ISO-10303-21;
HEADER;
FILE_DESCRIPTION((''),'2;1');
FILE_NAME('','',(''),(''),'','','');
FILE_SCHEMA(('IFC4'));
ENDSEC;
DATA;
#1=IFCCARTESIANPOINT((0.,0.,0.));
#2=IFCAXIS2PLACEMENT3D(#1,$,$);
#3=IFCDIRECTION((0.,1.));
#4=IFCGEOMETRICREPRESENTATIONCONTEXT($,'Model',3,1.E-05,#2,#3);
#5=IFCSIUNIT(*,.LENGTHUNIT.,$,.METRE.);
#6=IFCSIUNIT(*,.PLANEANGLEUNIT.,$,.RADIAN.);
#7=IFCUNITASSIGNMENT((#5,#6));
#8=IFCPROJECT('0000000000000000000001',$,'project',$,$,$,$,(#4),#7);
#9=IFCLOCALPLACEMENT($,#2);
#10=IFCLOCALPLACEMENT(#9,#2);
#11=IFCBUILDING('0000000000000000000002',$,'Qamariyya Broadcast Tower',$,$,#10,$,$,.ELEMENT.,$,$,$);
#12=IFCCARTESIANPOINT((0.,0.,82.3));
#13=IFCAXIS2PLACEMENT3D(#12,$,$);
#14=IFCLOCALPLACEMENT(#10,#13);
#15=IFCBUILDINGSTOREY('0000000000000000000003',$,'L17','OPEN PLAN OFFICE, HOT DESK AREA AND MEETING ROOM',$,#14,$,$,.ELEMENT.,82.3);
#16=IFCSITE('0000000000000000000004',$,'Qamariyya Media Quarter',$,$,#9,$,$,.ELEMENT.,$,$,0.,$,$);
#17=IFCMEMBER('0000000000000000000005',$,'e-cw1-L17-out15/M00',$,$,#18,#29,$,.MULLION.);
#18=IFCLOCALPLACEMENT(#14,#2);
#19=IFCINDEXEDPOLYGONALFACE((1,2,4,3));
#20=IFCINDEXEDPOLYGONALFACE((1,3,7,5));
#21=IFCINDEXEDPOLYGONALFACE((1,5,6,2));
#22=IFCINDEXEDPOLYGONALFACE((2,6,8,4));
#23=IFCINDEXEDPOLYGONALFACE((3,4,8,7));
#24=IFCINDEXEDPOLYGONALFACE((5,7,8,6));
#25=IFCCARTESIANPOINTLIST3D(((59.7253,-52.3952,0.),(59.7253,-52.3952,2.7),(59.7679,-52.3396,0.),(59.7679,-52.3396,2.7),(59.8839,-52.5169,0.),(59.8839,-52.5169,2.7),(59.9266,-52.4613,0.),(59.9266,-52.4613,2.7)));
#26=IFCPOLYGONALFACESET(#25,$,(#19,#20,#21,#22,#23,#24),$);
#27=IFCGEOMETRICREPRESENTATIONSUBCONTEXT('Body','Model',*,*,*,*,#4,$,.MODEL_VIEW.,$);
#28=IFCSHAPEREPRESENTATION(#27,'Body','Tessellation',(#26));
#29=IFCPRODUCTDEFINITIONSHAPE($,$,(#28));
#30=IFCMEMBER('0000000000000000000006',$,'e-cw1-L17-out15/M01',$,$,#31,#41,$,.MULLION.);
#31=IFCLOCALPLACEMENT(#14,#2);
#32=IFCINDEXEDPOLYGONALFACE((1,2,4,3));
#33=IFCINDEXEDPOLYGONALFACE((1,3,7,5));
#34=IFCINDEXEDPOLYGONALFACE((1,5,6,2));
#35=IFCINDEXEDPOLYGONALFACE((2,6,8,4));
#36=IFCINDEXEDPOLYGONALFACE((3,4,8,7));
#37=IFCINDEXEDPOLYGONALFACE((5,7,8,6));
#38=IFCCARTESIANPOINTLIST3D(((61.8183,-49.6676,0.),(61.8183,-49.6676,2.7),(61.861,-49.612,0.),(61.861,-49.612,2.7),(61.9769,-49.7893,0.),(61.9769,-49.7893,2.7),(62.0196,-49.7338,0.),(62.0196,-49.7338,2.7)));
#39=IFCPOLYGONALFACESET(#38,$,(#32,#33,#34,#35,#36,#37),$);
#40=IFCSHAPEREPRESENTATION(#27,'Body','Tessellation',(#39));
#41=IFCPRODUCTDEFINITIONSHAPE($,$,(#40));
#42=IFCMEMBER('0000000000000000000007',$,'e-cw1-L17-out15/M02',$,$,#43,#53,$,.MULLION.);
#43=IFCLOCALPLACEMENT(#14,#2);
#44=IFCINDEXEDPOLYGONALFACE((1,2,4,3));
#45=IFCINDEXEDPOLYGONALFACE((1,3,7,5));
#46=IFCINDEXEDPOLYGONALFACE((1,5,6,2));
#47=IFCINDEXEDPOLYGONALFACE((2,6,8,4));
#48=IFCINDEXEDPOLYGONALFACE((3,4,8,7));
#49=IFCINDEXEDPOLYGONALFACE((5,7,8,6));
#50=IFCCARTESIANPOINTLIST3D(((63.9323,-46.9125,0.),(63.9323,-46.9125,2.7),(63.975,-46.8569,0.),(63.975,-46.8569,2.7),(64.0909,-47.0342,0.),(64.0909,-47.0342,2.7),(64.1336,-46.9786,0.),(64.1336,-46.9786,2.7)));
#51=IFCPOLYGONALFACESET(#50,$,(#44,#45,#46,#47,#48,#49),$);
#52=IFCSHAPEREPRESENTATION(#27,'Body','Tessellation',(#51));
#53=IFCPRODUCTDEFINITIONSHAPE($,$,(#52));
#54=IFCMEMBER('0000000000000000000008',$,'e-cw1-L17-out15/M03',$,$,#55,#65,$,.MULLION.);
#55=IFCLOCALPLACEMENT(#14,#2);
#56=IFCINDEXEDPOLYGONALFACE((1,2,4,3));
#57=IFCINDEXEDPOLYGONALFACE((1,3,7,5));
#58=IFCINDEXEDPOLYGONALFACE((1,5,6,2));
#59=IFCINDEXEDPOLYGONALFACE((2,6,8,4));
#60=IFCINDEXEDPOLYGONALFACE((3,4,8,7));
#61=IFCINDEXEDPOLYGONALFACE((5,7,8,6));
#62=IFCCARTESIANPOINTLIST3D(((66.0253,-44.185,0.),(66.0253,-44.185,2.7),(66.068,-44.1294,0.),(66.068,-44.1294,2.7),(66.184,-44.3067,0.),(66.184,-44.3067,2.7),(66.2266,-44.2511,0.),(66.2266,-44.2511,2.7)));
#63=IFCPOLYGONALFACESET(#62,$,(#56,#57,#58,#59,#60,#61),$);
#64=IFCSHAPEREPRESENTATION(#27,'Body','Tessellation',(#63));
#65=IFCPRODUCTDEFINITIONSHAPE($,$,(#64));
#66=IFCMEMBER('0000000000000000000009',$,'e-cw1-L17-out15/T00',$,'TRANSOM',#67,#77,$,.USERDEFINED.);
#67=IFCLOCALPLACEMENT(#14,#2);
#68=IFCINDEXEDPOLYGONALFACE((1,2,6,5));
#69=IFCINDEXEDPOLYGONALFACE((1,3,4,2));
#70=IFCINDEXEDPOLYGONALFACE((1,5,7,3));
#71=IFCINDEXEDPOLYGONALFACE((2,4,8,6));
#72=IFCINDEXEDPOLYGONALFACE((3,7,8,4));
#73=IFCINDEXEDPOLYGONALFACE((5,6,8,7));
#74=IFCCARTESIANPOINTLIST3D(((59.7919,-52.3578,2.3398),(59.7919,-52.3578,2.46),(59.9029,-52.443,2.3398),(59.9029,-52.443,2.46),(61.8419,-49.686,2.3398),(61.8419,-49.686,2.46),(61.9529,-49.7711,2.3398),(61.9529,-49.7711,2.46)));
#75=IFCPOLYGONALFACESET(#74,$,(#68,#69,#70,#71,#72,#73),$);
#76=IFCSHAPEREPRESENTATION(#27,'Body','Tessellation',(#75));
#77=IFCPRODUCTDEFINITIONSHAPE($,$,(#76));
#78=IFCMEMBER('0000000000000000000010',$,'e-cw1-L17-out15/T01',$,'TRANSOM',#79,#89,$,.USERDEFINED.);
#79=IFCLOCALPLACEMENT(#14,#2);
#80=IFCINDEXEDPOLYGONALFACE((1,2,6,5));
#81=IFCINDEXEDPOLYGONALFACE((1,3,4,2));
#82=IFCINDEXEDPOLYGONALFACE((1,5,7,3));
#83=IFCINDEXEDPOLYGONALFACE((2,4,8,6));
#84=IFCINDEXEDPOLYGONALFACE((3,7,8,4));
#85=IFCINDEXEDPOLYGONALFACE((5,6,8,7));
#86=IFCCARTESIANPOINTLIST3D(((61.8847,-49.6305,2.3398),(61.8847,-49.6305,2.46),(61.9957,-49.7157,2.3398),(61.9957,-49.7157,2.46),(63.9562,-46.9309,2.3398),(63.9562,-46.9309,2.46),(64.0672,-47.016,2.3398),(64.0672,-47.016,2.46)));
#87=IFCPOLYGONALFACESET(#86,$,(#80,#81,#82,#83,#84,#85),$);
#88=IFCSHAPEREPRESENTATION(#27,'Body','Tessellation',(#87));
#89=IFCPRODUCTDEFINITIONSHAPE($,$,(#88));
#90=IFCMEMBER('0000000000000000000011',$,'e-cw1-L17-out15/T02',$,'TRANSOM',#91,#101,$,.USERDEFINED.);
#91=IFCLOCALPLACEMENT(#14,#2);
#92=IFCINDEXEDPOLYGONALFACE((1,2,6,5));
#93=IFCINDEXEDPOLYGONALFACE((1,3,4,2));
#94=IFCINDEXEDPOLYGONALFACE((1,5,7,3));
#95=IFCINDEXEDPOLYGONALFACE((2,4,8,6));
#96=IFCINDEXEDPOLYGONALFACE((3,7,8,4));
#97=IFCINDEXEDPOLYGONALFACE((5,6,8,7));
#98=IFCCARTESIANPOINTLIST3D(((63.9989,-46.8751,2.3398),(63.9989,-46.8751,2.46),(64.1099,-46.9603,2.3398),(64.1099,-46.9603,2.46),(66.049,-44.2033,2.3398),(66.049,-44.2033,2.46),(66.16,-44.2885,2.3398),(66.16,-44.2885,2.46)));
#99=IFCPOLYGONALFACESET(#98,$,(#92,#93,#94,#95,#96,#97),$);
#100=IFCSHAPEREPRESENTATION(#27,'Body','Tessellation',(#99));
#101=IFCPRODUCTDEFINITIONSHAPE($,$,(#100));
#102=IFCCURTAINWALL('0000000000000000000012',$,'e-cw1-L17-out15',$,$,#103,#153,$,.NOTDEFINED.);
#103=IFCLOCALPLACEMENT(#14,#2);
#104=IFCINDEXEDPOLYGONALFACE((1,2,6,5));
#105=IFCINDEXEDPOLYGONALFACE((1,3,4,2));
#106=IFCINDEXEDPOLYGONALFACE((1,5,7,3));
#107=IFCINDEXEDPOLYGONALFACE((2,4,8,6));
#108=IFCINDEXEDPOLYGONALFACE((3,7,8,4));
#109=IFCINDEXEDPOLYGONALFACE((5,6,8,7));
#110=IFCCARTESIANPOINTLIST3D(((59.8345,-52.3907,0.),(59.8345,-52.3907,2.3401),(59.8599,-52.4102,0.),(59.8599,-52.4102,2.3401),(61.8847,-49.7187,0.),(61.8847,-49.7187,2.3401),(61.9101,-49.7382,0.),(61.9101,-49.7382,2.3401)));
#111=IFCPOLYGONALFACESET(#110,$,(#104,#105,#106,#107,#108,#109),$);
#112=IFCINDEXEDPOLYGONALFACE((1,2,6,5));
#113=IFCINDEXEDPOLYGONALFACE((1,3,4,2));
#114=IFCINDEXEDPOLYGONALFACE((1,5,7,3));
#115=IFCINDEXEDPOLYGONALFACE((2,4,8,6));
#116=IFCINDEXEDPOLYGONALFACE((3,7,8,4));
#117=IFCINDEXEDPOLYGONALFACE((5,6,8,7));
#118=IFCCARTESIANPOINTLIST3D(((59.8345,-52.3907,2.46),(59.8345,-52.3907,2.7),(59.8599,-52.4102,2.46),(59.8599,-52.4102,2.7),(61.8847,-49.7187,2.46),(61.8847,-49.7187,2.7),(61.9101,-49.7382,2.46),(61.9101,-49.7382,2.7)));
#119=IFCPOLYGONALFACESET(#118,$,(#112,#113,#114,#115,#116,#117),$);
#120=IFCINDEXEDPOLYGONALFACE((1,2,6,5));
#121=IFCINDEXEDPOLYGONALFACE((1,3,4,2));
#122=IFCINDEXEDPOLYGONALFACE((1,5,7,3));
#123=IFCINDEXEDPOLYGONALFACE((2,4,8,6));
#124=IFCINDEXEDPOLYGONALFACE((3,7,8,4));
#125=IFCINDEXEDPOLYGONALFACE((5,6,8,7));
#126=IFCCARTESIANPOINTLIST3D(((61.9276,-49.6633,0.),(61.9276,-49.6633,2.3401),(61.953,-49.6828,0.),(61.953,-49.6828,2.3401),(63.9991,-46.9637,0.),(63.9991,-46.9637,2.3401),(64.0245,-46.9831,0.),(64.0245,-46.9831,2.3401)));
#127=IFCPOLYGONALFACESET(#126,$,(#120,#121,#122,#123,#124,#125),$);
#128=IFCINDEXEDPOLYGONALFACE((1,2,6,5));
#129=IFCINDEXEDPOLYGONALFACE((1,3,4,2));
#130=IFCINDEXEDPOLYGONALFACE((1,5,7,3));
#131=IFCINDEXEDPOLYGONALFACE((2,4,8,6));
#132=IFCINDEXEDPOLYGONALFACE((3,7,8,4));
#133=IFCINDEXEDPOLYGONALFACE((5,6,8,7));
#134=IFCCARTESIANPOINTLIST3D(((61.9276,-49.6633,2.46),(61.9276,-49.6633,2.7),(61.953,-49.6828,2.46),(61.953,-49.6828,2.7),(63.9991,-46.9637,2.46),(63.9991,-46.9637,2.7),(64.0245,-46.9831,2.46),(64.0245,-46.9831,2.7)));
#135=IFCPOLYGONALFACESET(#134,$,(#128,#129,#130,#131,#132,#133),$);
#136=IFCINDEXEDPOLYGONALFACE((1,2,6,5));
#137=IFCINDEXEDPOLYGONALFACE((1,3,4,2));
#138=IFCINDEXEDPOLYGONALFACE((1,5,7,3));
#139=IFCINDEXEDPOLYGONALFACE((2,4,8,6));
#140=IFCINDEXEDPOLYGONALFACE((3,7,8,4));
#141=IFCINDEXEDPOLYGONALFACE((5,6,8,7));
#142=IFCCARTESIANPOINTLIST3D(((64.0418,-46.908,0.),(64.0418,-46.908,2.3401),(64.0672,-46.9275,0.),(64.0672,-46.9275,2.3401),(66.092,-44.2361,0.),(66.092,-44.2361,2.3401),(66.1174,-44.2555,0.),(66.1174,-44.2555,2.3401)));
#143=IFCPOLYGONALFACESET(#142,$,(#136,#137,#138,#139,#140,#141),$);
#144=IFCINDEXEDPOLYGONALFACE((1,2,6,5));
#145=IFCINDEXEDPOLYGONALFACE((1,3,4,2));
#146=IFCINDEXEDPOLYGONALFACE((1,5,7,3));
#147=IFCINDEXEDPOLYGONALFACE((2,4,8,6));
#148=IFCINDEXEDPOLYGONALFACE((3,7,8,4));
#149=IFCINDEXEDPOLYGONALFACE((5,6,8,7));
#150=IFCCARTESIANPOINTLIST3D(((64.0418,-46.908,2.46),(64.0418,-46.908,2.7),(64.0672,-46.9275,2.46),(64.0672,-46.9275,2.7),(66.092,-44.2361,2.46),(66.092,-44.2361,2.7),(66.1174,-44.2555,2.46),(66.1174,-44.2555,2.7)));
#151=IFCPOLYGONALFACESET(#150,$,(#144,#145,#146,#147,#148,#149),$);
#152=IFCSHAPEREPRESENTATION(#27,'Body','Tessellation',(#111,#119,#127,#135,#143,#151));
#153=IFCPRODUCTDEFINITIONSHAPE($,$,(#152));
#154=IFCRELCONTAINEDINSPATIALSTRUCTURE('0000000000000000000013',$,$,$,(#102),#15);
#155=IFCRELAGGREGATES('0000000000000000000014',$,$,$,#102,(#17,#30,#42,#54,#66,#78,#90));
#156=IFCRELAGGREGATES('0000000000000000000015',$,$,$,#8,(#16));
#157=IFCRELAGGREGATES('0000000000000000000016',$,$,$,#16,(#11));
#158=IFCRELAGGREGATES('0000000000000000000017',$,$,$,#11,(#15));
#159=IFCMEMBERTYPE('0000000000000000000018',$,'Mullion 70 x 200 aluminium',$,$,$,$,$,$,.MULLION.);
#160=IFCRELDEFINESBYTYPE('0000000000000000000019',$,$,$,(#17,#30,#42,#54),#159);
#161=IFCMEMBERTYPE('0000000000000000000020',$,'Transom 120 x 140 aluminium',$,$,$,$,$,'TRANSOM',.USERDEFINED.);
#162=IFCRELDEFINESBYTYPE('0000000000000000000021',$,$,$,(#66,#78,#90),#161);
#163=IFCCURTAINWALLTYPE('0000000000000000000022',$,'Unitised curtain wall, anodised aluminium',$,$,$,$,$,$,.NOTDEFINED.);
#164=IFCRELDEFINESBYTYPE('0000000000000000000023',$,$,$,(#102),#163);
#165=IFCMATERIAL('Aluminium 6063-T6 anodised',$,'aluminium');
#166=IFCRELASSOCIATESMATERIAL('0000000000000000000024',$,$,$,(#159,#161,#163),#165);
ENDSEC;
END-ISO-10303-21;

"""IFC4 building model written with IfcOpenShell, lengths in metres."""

from ifc_helpers import new_model, si_unit, direction, frame, origin, origin_2d, place, context, subcontext, project, spatial, rectangle, extrude, material, material_profile, profile_set, type_object, element, aggregate, save


model = new_model("IFC4")

# Units and contexts
model_context = context("Model", 3, precision=1e-05, world=origin(), true_north=direction((0.0, 1.0)))
body_context = subcontext(model_context, "Body", "Model", "MODEL_VIEW")
ifc_project = project(units=[si_unit("LENGTHUNIT", "METRE"), si_unit("PLANEANGLEUNIT", "RADIAN")], contexts=[model_context])

# Members
ifc_material_1 = material(Name="Aluminium 6063-T6 anodised", Category="aluminium")
ifc_material_profile_1 = material_profile(ifc_material_1, rectangle(XDim=0.2, YDim=0.0701, at=origin_2d()))
ifc_profile_set_1 = profile_set([ifc_material_profile_1], Name="Aluminium 6063-T6 anodised")
member_type_1 = type_object("IfcMemberType", Name="Mullion 70 x 200 aluminium", PredefinedType="MULLION", material=ifc_profile_set_1)
site_placement = place(None, origin())
building_placement = place(site_placement, origin())
storey_placement = place(building_placement, frame((0.0, 0.0, 82.3)))
member_1_placement = place(storey_placement, frame((59.8259, -52.4282, 0.0), z_axis=(0.0, 0.0, 1.0), x_axis=(-0.793353, 0.608761, 0.0)))
member_1 = element("IfcMember", 1, at=member_1_placement, type_object=member_type_1, Name="e-cw1-L17-out15/M00", PredefinedType="MULLION", context=body_context, shape_type="SweptSolid", body=[
    extrude(rectangle(XDim=0.2, YDim=0.0701, at=origin_2d()), origin(), (0.0, 0.0, 1.0), 2.7),
])
member_2_placement = place(storey_placement, frame((61.9189, -49.7007, 0.0), z_axis=(0.0, 0.0, 1.0), x_axis=(-0.793353, 0.608761, 0.0)))
member_2 = element("IfcMember", 2, at=member_2_placement, type_object=member_type_1, Name="e-cw1-L17-out15/M01", PredefinedType="MULLION", context=body_context, shape_type="SweptSolid", body=[
    extrude(rectangle(XDim=0.2, YDim=0.0701, at=origin_2d()), origin(), (0.0, 0.0, 1.0), 2.7),
])
member_3_placement = place(storey_placement, frame((64.033, -46.9456, 0.0), z_axis=(0.0, 0.0, 1.0), x_axis=(-0.793353, 0.608761, 0.0)))
member_3 = element("IfcMember", 3, at=member_3_placement, type_object=member_type_1, Name="e-cw1-L17-out15/M02", PredefinedType="MULLION", context=body_context, shape_type="SweptSolid", body=[
    extrude(rectangle(XDim=0.2, YDim=0.0701, at=origin_2d()), origin(), (0.0, 0.0, 1.0), 2.7),
])
member_4_placement = place(storey_placement, frame((66.126, -44.218, 0.0), z_axis=(0.0, 0.0, 1.0), x_axis=(-0.793353, 0.608761, 0.0)))
member_4 = element("IfcMember", 4, at=member_4_placement, type_object=member_type_1, Name="e-cw1-L17-out15/M03", PredefinedType="MULLION", context=body_context, shape_type="SweptSolid", body=[
    extrude(rectangle(XDim=0.2, YDim=0.0701, at=origin_2d()), origin(), (0.0, 0.0, 1.0), 2.7),
])
ifc_material_profile_2 = material_profile(ifc_material_1, rectangle(XDim=0.1399, YDim=0.1201, at=origin_2d()))
ifc_profile_set_2 = profile_set([ifc_material_profile_2], Name="Aluminium 6063-T6 anodised")
member_type_2 = type_object("IfcMemberType", Name="Transom 120 x 140 aluminium", ElementType="TRANSOM", PredefinedType="USERDEFINED", material=ifc_profile_set_2)
member_5_placement = place(storey_placement, frame((59.8474, -52.4004, 2.3999), z_axis=(0.608733, 0.793375, 0.0), x_axis=(-0.793375, 0.608733, 0.0)))
member_5 = element("IfcMember", 5, at=member_5_placement, type_object=member_type_2, Name="e-cw1-L17-out15/T00", ObjectType="TRANSOM", PredefinedType="USERDEFINED", context=body_context, shape_type="SweptSolid", body=[
    extrude(rectangle(XDim=0.1399, YDim=0.1201, at=origin_2d()), origin(), (0.0, 0.0, 1.0), 3.3677),
])
member_6_placement = place(storey_placement, frame((61.9402, -49.6731, 2.3999), z_axis=(0.608757, 0.793357, 0.0), x_axis=(-0.793357, 0.608757, 0.0)))
member_6 = element("IfcMember", 6, at=member_6_placement, type_object=member_type_2, Name="e-cw1-L17-out15/T01", ObjectType="TRANSOM", PredefinedType="USERDEFINED", context=body_context, shape_type="SweptSolid", body=[
    extrude(rectangle(XDim=0.1399, YDim=0.1201, at=origin_2d()), origin(), (0.0, 0.0, 1.0), 3.4028),
])
member_7_placement = place(storey_placement, frame((64.0544, -46.9177, 2.3999), z_axis=(0.608733, 0.793375, 0.0), x_axis=(-0.793375, 0.608733, 0.0)))
member_7 = element("IfcMember", 7, at=member_7_placement, type_object=member_type_2, Name="e-cw1-L17-out15/T02", ObjectType="TRANSOM", PredefinedType="USERDEFINED", context=body_context, shape_type="SweptSolid", body=[
    extrude(rectangle(XDim=0.1399, YDim=0.1201, at=origin_2d()), origin(), (0.0, 0.0, 1.0), 3.3677),
])

# Site, building, storey
site = spatial("IfcSite", under=ifc_project, at=site_placement, Name="Qamariyya Media Quarter", CompositionType="ELEMENT", RefElevation=0.0)
building = spatial("IfcBuilding", under=site, at=building_placement, Name="Qamariyya Broadcast Tower", CompositionType="ELEMENT")
storey = spatial("IfcBuildingStorey", under=building, at=storey_placement, Name="L17", Description="OPEN PLAN OFFICE, HOT DESK AREA AND MEETING ROOM", CompositionType="ELEMENT", Elevation=82.3)

# Curtain wall
curtain_wall_type = type_object("IfcCurtainWallType", Name="Unitised curtain wall, anodised aluminium", PredefinedType="NOTDEFINED", material=ifc_material_1)
curtain_wall_1_placement = place(storey_placement, origin())
curtain_wall_1 = element("IfcCurtainWall", 8, at=curtain_wall_1_placement, inside=storey, type_object=curtain_wall_type, Name="e-cw1-L17-out15", PredefinedType="NOTDEFINED", context=body_context, shape_type="SweptSolid", body=[
    extrude(rectangle(XDim=3.3679, YDim=0.032, at=origin_2d()), frame((60.8723, -51.0645, 0.0), x_axis=(0.608756, 0.793358, 0.0)), (0.0, 0.0, 1.0), 2.3401),
    extrude(rectangle(XDim=3.3679, YDim=0.032, at=origin_2d()), frame((60.8723, -51.0645, 2.46), x_axis=(0.608756, 0.793358, 0.0)), (0.0, 0.0, 1.0), 0.24),
    extrude(rectangle(XDim=3.4028, YDim=0.032, at=origin_2d()), frame((62.9761, -48.3232, 0.0), x_axis=(0.608756, 0.793358, 0.0)), (0.0, 0.0, 1.0), 2.3401),
    extrude(rectangle(XDim=3.4028, YDim=0.032, at=origin_2d()), frame((62.9761, -48.3232, 2.46), x_axis=(0.608756, 0.793358, 0.0)), (0.0, 0.0, 1.0), 0.24),
    extrude(rectangle(XDim=3.3679, YDim=0.032, at=origin_2d()), frame((65.0796, -45.5818, 0.0), x_axis=(0.608756, 0.793358, 0.0)), (0.0, 0.0, 1.0), 2.3401),
    extrude(rectangle(XDim=3.3679, YDim=0.032, at=origin_2d()), frame((65.0796, -45.5818, 2.46), x_axis=(0.608756, 0.793358, 0.0)), (0.0, 0.0, 1.0), 0.24),
])
aggregate(curtain_wall_1, [member_1, member_2, member_3, member_4, member_5, member_6, member_7])

save(model, "model.ifc")
